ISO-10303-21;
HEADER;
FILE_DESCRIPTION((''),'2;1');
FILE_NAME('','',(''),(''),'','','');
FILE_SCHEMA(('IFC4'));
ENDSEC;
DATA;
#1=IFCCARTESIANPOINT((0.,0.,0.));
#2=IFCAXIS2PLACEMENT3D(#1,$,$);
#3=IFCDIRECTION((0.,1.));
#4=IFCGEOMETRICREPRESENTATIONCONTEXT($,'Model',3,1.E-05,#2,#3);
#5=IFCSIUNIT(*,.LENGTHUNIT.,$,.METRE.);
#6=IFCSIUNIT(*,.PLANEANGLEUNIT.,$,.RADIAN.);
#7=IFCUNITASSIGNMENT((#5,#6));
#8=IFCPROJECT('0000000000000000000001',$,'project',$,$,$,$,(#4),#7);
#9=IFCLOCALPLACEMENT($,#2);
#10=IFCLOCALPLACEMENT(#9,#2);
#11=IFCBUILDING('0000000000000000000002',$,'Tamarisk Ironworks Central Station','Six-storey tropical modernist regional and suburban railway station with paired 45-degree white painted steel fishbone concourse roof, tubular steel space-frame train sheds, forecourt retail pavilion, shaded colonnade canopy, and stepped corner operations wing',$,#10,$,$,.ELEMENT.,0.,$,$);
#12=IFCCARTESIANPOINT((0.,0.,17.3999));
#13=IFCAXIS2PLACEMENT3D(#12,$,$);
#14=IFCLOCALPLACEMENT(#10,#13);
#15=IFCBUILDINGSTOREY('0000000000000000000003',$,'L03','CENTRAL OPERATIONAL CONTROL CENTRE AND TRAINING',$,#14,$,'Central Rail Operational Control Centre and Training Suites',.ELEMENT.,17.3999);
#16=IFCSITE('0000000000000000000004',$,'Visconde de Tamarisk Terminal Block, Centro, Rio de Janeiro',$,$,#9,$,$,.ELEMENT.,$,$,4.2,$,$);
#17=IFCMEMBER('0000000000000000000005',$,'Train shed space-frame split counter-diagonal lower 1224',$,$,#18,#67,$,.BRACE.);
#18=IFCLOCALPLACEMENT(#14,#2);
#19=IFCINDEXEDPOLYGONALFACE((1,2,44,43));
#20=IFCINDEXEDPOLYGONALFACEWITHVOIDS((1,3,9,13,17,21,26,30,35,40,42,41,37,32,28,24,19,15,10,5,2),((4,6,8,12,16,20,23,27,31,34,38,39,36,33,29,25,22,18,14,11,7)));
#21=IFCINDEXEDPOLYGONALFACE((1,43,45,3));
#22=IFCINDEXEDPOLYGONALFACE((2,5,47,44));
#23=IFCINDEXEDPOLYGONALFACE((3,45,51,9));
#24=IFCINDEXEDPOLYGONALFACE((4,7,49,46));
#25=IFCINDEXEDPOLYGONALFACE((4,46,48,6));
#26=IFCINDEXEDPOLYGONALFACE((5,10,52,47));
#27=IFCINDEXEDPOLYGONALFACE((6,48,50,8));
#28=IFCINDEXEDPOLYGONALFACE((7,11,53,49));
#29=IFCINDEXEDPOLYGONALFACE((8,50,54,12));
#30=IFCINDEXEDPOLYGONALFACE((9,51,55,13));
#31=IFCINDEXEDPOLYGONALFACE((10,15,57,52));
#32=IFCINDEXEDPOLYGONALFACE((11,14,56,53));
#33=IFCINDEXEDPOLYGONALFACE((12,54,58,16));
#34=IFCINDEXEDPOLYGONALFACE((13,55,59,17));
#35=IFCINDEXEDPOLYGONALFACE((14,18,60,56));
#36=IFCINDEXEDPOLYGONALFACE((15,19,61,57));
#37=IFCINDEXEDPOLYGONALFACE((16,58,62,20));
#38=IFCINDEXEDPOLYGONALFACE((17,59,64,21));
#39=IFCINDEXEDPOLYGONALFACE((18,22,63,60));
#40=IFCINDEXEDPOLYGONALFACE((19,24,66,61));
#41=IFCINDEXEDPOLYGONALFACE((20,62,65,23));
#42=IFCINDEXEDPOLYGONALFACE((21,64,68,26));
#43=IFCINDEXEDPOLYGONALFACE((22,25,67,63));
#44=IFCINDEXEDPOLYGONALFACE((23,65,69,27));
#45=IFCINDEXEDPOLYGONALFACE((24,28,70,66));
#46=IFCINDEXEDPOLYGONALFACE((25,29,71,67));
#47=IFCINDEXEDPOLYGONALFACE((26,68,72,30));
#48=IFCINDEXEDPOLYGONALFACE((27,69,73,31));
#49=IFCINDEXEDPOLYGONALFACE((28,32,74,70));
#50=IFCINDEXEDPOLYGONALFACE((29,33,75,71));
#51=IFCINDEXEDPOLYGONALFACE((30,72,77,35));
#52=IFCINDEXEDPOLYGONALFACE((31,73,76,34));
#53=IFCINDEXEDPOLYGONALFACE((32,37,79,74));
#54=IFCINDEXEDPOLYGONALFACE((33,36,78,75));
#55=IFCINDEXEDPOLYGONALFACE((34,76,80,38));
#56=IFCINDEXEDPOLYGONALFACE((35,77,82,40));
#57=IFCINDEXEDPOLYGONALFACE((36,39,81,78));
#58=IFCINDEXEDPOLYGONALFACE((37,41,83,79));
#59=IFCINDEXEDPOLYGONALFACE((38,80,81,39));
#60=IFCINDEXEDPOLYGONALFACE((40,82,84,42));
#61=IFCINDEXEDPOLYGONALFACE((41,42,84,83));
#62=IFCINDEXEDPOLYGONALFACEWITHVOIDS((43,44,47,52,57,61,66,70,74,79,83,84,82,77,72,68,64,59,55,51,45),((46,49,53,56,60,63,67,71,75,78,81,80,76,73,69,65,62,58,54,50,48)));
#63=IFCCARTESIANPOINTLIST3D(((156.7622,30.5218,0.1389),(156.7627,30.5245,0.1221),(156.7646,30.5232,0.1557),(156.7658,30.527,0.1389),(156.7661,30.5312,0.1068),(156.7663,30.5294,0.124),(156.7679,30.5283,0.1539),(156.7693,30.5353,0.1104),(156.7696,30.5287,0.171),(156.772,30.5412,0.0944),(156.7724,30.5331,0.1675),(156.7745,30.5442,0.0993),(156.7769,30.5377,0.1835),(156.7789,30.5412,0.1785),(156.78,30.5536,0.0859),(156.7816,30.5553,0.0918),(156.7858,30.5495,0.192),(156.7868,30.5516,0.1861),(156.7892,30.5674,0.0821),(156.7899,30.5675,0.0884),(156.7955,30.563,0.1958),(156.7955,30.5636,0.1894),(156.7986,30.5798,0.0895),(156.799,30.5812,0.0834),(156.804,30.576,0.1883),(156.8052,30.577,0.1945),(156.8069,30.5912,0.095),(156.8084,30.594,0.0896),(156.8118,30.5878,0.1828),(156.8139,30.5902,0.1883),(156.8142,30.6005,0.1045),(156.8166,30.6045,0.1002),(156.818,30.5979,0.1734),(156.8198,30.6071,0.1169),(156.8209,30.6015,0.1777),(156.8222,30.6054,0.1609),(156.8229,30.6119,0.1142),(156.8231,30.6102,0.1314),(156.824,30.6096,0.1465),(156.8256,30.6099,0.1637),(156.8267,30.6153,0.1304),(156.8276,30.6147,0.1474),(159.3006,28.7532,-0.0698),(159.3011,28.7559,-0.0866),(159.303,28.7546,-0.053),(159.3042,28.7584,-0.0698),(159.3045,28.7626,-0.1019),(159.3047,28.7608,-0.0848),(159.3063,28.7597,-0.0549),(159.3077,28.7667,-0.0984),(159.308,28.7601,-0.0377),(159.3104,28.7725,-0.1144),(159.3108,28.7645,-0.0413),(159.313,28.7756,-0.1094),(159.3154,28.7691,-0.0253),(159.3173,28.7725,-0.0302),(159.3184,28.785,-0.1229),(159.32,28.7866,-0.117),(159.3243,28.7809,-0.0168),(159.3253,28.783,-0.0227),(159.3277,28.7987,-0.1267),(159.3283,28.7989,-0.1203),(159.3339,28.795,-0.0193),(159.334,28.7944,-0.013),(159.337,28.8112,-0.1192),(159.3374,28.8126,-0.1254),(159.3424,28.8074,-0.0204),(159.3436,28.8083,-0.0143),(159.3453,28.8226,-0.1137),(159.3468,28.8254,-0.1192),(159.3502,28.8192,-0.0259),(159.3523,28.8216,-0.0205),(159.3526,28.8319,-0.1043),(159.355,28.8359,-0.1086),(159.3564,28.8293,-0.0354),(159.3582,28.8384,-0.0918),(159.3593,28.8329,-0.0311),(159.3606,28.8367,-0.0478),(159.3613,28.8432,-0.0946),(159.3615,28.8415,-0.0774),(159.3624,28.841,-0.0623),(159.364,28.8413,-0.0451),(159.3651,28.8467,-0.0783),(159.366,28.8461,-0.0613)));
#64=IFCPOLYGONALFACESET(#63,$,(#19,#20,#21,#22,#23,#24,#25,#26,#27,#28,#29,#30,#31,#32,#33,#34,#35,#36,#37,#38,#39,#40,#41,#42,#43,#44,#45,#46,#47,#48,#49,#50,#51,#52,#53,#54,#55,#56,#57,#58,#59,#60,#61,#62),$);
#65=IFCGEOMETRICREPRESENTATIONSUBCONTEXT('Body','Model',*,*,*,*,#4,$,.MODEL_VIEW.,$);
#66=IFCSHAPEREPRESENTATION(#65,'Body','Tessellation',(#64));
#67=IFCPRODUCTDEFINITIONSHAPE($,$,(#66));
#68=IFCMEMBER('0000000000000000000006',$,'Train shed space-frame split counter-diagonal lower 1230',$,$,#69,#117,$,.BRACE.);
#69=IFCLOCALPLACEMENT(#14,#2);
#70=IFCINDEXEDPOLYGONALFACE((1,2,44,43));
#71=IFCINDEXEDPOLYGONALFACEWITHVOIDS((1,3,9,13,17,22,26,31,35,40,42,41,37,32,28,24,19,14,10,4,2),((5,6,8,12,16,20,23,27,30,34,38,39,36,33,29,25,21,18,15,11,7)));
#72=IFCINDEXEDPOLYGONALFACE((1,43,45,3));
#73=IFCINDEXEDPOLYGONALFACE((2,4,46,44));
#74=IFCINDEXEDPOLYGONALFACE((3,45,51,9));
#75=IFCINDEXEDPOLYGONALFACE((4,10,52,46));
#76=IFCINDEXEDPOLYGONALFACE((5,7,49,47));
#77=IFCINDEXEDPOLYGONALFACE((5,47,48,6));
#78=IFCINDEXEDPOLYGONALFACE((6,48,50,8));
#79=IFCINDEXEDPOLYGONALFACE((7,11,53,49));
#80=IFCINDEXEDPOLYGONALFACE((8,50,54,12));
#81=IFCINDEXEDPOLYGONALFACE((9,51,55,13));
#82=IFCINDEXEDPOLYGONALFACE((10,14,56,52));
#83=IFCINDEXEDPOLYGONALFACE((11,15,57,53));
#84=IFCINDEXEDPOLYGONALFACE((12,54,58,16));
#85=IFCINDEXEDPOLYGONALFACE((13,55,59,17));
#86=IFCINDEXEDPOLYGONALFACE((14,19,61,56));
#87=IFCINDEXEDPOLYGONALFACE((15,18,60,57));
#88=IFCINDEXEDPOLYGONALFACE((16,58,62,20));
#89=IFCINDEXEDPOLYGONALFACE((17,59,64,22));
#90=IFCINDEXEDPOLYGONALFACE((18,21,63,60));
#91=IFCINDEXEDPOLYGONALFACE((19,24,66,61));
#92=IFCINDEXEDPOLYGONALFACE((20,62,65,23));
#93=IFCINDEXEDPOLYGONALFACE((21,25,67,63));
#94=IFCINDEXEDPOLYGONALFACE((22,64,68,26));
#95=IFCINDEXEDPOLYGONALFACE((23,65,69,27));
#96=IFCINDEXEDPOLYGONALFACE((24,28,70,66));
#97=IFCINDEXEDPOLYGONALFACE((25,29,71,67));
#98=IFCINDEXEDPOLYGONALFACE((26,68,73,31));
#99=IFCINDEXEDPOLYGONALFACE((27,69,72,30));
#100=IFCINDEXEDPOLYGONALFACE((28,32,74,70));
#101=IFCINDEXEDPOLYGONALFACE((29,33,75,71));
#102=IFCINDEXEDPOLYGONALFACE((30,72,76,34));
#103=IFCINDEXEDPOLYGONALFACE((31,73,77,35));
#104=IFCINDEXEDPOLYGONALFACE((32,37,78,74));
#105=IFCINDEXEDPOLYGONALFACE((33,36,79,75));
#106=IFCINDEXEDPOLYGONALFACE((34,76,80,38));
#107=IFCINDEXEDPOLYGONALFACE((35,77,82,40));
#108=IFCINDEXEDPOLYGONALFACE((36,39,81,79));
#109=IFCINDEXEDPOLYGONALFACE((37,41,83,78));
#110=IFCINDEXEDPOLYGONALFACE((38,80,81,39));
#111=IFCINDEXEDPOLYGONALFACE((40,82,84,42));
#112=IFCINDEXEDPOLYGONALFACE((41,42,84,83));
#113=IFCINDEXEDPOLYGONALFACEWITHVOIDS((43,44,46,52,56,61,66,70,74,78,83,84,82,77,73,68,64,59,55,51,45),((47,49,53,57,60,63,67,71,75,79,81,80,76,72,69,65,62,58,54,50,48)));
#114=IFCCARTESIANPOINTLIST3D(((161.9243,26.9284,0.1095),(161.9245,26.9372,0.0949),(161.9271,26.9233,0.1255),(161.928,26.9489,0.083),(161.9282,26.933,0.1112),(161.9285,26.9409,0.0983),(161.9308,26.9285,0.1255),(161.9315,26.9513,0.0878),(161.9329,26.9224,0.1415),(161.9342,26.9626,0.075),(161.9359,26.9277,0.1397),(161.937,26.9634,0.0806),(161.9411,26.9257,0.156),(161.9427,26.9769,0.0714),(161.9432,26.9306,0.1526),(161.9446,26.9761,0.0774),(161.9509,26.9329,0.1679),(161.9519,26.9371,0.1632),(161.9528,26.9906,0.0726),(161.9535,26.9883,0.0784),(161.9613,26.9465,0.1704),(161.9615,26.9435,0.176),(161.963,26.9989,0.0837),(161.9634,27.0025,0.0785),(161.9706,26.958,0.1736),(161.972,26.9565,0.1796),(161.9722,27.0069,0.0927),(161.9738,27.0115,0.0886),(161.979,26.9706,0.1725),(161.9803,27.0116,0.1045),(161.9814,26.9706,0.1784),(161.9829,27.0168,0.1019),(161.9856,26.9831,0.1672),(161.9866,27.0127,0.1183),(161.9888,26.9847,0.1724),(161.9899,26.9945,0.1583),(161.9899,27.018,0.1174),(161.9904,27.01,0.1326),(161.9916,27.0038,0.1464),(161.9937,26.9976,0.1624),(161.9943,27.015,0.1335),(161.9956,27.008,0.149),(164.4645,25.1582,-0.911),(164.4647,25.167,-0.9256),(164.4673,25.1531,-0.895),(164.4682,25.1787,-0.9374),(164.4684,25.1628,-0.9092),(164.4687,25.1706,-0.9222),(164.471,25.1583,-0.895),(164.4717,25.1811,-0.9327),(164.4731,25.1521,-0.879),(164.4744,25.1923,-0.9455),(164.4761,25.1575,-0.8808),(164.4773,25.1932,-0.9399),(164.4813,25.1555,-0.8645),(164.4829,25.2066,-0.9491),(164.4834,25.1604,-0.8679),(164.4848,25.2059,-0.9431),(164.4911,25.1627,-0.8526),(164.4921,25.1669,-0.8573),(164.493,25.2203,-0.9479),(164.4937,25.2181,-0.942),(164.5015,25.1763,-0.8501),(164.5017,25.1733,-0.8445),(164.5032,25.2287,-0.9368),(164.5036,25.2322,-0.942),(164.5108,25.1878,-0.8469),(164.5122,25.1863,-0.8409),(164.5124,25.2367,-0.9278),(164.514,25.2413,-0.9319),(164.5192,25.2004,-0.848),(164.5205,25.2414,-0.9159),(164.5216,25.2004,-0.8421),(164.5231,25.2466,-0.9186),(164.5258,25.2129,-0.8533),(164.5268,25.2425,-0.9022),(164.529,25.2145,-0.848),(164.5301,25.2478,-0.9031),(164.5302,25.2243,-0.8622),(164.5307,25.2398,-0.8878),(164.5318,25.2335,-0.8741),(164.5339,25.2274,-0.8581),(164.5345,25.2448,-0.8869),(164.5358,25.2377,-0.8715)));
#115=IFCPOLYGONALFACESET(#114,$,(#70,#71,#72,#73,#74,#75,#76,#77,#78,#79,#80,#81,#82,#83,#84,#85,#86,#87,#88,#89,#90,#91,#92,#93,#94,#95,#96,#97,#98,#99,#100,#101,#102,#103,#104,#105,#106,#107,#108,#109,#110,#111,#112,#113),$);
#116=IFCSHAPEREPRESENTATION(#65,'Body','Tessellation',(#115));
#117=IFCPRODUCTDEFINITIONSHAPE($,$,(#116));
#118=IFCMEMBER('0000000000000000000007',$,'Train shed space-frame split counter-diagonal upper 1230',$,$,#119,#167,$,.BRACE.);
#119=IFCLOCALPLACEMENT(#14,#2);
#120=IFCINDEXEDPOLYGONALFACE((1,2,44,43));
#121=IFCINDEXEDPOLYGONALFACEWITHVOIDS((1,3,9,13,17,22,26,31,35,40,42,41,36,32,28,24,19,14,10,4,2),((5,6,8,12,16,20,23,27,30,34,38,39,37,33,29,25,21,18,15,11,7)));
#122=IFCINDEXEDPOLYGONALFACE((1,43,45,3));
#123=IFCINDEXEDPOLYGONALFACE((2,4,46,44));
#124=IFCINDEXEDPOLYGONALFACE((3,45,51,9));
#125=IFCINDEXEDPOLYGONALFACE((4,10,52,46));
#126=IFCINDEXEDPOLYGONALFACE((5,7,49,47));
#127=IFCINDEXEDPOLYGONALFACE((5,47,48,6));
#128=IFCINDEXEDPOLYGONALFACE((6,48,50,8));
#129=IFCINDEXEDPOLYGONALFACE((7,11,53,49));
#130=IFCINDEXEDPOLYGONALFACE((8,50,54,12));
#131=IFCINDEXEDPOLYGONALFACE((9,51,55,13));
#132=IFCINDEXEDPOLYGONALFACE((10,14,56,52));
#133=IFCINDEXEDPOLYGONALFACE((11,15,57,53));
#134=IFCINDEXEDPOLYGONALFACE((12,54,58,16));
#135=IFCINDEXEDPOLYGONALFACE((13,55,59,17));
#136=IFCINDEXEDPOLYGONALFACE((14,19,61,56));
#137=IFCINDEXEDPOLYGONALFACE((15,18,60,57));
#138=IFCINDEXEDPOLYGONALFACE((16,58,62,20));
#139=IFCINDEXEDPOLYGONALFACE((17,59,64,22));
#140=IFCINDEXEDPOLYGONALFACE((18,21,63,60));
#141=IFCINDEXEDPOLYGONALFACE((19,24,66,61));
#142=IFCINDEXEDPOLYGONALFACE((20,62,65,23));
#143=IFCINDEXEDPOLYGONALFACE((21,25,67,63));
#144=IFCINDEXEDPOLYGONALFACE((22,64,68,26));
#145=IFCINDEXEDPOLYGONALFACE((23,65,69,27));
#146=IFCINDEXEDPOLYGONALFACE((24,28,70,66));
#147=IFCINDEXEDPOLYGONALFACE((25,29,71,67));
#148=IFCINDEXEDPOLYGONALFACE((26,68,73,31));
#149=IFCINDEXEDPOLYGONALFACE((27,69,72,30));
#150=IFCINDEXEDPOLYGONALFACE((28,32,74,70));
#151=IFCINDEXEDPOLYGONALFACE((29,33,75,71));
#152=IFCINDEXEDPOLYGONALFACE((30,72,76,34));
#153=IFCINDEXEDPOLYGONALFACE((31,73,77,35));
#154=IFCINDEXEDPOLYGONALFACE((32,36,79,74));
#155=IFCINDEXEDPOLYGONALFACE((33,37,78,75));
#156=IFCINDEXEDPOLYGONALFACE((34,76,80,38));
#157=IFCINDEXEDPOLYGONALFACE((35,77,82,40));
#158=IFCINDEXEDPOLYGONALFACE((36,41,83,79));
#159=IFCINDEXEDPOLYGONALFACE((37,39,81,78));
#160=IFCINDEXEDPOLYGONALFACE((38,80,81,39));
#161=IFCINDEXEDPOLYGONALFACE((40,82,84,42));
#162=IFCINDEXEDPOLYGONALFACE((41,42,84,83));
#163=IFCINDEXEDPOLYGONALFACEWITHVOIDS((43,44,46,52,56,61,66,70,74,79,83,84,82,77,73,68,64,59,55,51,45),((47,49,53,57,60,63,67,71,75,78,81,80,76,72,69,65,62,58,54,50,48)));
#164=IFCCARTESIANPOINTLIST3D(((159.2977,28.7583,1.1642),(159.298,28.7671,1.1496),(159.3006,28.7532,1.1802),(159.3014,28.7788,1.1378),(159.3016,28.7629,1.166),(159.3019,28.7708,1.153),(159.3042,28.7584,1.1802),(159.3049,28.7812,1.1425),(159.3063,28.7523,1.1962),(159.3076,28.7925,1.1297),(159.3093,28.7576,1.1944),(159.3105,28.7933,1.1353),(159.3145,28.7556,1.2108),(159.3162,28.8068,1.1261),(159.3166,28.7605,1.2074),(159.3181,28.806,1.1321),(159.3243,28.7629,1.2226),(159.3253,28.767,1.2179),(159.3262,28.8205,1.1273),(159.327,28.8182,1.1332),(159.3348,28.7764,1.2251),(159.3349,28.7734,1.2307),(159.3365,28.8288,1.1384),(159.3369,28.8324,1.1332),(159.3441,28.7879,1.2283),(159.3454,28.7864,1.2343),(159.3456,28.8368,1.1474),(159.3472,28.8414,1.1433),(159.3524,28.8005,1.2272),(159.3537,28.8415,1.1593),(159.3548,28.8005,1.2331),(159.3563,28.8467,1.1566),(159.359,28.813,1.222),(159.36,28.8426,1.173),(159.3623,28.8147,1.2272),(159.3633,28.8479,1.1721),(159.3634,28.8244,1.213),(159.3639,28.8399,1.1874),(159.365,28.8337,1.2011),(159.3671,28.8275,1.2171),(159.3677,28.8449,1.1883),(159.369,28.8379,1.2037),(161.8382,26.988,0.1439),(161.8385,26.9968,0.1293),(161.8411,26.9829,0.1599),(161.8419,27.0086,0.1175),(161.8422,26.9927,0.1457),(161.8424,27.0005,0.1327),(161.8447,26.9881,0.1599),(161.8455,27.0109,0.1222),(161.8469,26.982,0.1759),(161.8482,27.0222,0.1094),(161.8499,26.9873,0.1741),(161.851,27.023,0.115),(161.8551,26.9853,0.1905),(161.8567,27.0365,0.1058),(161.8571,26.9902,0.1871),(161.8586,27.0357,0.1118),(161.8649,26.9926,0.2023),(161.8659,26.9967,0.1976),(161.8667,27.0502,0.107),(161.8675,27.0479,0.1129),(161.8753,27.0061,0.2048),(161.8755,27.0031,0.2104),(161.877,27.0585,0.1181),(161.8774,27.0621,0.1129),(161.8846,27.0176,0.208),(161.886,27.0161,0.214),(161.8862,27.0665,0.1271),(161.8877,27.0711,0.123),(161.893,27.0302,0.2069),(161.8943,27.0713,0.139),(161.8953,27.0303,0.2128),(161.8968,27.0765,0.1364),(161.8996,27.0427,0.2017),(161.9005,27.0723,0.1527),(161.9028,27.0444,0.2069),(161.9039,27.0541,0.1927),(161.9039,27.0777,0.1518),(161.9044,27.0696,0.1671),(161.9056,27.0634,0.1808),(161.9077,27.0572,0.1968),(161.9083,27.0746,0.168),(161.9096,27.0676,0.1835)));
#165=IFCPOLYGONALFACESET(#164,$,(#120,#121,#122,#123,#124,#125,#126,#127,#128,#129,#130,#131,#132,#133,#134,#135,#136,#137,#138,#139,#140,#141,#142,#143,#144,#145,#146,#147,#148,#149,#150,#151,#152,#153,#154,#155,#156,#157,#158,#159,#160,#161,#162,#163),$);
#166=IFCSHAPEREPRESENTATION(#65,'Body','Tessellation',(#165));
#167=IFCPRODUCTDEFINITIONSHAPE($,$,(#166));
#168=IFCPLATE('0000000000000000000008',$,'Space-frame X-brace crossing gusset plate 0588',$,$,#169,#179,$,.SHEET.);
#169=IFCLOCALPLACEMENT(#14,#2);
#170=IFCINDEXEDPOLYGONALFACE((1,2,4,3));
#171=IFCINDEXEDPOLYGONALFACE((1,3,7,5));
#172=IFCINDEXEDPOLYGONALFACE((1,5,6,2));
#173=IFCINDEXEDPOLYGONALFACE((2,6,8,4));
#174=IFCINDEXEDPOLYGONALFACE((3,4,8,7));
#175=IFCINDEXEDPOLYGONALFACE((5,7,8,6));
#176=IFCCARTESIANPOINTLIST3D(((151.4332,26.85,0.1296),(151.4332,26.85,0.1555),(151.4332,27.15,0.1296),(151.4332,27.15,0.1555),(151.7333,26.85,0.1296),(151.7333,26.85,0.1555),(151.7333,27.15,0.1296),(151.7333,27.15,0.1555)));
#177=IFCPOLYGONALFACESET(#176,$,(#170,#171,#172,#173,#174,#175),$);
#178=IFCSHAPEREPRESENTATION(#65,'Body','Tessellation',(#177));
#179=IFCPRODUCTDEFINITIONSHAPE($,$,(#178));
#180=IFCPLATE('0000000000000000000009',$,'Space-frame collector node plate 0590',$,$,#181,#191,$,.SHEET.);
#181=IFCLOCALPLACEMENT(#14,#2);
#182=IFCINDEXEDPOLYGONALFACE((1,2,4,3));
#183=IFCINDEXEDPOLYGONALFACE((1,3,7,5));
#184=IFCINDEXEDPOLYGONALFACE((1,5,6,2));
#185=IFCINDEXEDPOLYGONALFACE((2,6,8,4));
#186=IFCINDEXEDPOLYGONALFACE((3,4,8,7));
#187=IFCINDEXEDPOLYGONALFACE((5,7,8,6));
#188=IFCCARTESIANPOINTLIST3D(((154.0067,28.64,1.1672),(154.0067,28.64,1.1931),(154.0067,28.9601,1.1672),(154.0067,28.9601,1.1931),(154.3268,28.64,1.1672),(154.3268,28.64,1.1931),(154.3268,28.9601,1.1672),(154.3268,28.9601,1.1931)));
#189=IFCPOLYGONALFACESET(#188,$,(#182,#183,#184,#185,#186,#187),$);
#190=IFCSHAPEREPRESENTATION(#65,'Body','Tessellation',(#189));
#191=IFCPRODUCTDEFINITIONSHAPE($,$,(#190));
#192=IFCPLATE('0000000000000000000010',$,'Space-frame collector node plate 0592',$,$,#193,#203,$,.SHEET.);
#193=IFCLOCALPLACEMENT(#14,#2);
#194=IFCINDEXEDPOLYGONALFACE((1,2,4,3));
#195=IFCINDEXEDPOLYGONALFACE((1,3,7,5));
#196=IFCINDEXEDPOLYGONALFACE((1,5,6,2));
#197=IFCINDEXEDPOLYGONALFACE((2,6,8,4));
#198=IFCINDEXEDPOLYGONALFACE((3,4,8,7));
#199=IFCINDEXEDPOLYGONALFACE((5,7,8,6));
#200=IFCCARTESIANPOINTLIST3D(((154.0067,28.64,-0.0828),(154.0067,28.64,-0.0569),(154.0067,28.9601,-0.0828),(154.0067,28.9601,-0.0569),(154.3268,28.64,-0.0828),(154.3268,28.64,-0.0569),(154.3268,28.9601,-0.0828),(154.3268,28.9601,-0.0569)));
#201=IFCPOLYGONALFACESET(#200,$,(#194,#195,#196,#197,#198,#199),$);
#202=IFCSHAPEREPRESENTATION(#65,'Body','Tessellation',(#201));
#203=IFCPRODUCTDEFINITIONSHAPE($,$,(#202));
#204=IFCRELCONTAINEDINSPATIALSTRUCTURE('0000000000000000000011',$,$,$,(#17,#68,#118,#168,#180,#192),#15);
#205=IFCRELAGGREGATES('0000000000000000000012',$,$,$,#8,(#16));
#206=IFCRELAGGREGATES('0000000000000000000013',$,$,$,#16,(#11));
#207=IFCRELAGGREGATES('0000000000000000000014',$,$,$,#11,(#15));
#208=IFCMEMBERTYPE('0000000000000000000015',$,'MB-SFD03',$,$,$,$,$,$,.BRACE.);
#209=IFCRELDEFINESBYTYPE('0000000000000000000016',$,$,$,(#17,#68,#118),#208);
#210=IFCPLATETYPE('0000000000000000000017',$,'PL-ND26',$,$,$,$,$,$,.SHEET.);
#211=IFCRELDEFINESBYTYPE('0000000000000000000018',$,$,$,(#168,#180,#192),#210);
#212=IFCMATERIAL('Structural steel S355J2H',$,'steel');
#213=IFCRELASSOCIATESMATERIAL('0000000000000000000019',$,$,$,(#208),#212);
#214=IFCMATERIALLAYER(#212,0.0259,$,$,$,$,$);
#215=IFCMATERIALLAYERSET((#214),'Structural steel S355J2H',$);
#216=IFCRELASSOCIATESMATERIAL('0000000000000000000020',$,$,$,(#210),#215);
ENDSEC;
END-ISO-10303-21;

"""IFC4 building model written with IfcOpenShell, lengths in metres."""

from ifc_helpers import new_model, si_unit, direction, frame, origin, origin_2d, place, context, subcontext, project, spatial, rectangle, hollow_circle, extrude, material, layer, layer_set, material_profile, profile_set, type_object, element, save


model = new_model("IFC4")

# Units and contexts
model_context = context("Model", 3, precision=1e-05, world=origin(), true_north=direction((0.0, 1.0)))
body_context = subcontext(model_context, "Body", "Model", "MODEL_VIEW")
ifc_project = project(units=[si_unit("LENGTHUNIT", "METRE"), si_unit("PLANEANGLEUNIT", "RADIAN")], contexts=[model_context])

# Site, building, storey
site_placement = place(None, origin())
site = spatial("IfcSite", under=ifc_project, at=site_placement, Name="Visconde de Tamarisk Terminal Block, Centro, Rio de Janeiro", CompositionType="ELEMENT", RefElevation=4.2)
building_placement = place(site_placement, origin())
building = spatial("IfcBuilding", under=site, at=building_placement, Name="Tamarisk Ironworks Central Station", Description="Six-storey tropical modernist regional and suburban railway station with paired 45-degree white painted steel fishbone concourse roof, tubular steel space-frame train sheds, forecourt retail pavilion, shaded colonnade canopy, and stepped corner operations wing", CompositionType="ELEMENT", ElevationOfRefHeight=0.0)
storey_placement = place(building_placement, frame((0.0, 0.0, 17.3999)))
storey = spatial("IfcBuildingStorey", under=building, at=storey_placement, Name="L03", Description="CENTRAL OPERATIONAL CONTROL CENTRE AND TRAINING", LongName="Central Rail Operational Control Centre and Training Suites", CompositionType="ELEMENT", Elevation=17.3999)

# Members
ifc_material = material(Name="Structural steel S355J2H", Category="steel")
ifc_material_profile_1 = material_profile(ifc_material, hollow_circle(Radius=0.0571, WallThickness=0.0063, at=origin_2d()), Name="CHS 114.3x6.3")
ifc_profile_set_1 = profile_set([ifc_material_profile_1], Name="Structural steel S355J2H")
member_type_1 = type_object("IfcMemberType", Name="MB-SFD03", PredefinedType="BRACE", material=ifc_profile_set_1)
member_1_placement = place(storey_placement, frame((159.3333, 28.8, -0.0698), z_axis=(-0.818625, 0.570369, 0.06732), x_axis=(-0.571666, -0.820487, 0.0)))
element("IfcMember", 1, at=member_1_placement, inside=storey, type_object=member_type_1, Name="Train shed space-frame split counter-diagonal lower 1224", PredefinedType="BRACE", context=body_context, shape_type="SweptSolid", body=[
    extrude(hollow_circle(Radius=0.0571, WallThickness=0.0063, at=origin_2d()), origin(), (0.0, 0.0, 1.0), 3.1008),
])
member_2_placement = place(storey_placement, frame((164.5, 25.2, -0.895), z_axis=(-0.779202, 0.543008, 0.313029), x_axis=(-0.571741, -0.820434, 0.0)))
element("IfcMember", 2, at=member_2_placement, inside=storey, type_object=member_type_1, Name="Train shed space-frame split counter-diagonal lower 1230", PredefinedType="BRACE", context=body_context, shape_type="SweptSolid", body=[
    extrude(hollow_circle(Radius=0.0571, WallThickness=0.0063, at=origin_2d()), origin(), (0.0, 0.0, 1.0), 3.26),
])
member_3_placement = place(storey_placement, frame((161.8738, 27.0298, 0.1599), z_axis=(-0.77925, 0.542989, 0.312943), x_axis=(-0.571704, -0.82046, 0.0)))
element("IfcMember", 3, at=member_3_placement, inside=storey, type_object=member_type_1, Name="Train shed space-frame split counter-diagonal upper 1230", PredefinedType="BRACE", context=body_context, shape_type="SweptSolid", body=[
    extrude(hollow_circle(Radius=0.0571, WallThickness=0.0063, at=origin_2d()), origin(), (0.0, 0.0, 1.0), 3.2603),
])

# Plates
ifc_layer = layer(ifc_material, 0.0259)
ifc_layer_set = layer_set([ifc_layer], Name="Structural steel S355J2H")
plate_type = type_object("IfcPlateType", Name="PL-ND26", PredefinedType="SHEET", material=ifc_layer_set)
plate_1_placement = place(storey_placement, frame((151.5833, 27.0, 0.1296), z_axis=(0.0, 0.0, 1.0), x_axis=(1.0, 0.0, 0.0)))
element("IfcPlate", 4, at=plate_1_placement, inside=storey, type_object=plate_type, Name="Space-frame X-brace crossing gusset plate 0588", PredefinedType="SHEET", context=body_context, shape_type="SweptSolid", body=[
    extrude(rectangle(XDim=0.3, YDim=0.3, at=origin_2d()), origin(), (0.0, 0.0, 1.0), 0.0259),
])
for number, where, z_axis, x_axis, name in (
    (5, (154.1667, 28.8, 1.1672), (0.0, 0.0, 1.0), (1.0, 0.0, 0.0), "Space-frame collector node plate 0590"),
    (6, (154.1667, 28.8, -0.0828), (0.0, 0.0, 1.0), (1.0, 0.0, 0.0), "Space-frame collector node plate 0592"),
):
    element("IfcPlate", number, at=place(storey_placement, frame(where, z_axis=z_axis, x_axis=x_axis)), inside=storey, type_object=plate_type, Name=name, PredefinedType="SHEET", context=body_context, shape_type="SweptSolid", body=[
        extrude(rectangle(XDim=0.3201, YDim=0.3201, at=origin_2d()), origin(), (0.0, 0.0, 1.0), 0.0259),
    ])

save(model, "model.ifc")
